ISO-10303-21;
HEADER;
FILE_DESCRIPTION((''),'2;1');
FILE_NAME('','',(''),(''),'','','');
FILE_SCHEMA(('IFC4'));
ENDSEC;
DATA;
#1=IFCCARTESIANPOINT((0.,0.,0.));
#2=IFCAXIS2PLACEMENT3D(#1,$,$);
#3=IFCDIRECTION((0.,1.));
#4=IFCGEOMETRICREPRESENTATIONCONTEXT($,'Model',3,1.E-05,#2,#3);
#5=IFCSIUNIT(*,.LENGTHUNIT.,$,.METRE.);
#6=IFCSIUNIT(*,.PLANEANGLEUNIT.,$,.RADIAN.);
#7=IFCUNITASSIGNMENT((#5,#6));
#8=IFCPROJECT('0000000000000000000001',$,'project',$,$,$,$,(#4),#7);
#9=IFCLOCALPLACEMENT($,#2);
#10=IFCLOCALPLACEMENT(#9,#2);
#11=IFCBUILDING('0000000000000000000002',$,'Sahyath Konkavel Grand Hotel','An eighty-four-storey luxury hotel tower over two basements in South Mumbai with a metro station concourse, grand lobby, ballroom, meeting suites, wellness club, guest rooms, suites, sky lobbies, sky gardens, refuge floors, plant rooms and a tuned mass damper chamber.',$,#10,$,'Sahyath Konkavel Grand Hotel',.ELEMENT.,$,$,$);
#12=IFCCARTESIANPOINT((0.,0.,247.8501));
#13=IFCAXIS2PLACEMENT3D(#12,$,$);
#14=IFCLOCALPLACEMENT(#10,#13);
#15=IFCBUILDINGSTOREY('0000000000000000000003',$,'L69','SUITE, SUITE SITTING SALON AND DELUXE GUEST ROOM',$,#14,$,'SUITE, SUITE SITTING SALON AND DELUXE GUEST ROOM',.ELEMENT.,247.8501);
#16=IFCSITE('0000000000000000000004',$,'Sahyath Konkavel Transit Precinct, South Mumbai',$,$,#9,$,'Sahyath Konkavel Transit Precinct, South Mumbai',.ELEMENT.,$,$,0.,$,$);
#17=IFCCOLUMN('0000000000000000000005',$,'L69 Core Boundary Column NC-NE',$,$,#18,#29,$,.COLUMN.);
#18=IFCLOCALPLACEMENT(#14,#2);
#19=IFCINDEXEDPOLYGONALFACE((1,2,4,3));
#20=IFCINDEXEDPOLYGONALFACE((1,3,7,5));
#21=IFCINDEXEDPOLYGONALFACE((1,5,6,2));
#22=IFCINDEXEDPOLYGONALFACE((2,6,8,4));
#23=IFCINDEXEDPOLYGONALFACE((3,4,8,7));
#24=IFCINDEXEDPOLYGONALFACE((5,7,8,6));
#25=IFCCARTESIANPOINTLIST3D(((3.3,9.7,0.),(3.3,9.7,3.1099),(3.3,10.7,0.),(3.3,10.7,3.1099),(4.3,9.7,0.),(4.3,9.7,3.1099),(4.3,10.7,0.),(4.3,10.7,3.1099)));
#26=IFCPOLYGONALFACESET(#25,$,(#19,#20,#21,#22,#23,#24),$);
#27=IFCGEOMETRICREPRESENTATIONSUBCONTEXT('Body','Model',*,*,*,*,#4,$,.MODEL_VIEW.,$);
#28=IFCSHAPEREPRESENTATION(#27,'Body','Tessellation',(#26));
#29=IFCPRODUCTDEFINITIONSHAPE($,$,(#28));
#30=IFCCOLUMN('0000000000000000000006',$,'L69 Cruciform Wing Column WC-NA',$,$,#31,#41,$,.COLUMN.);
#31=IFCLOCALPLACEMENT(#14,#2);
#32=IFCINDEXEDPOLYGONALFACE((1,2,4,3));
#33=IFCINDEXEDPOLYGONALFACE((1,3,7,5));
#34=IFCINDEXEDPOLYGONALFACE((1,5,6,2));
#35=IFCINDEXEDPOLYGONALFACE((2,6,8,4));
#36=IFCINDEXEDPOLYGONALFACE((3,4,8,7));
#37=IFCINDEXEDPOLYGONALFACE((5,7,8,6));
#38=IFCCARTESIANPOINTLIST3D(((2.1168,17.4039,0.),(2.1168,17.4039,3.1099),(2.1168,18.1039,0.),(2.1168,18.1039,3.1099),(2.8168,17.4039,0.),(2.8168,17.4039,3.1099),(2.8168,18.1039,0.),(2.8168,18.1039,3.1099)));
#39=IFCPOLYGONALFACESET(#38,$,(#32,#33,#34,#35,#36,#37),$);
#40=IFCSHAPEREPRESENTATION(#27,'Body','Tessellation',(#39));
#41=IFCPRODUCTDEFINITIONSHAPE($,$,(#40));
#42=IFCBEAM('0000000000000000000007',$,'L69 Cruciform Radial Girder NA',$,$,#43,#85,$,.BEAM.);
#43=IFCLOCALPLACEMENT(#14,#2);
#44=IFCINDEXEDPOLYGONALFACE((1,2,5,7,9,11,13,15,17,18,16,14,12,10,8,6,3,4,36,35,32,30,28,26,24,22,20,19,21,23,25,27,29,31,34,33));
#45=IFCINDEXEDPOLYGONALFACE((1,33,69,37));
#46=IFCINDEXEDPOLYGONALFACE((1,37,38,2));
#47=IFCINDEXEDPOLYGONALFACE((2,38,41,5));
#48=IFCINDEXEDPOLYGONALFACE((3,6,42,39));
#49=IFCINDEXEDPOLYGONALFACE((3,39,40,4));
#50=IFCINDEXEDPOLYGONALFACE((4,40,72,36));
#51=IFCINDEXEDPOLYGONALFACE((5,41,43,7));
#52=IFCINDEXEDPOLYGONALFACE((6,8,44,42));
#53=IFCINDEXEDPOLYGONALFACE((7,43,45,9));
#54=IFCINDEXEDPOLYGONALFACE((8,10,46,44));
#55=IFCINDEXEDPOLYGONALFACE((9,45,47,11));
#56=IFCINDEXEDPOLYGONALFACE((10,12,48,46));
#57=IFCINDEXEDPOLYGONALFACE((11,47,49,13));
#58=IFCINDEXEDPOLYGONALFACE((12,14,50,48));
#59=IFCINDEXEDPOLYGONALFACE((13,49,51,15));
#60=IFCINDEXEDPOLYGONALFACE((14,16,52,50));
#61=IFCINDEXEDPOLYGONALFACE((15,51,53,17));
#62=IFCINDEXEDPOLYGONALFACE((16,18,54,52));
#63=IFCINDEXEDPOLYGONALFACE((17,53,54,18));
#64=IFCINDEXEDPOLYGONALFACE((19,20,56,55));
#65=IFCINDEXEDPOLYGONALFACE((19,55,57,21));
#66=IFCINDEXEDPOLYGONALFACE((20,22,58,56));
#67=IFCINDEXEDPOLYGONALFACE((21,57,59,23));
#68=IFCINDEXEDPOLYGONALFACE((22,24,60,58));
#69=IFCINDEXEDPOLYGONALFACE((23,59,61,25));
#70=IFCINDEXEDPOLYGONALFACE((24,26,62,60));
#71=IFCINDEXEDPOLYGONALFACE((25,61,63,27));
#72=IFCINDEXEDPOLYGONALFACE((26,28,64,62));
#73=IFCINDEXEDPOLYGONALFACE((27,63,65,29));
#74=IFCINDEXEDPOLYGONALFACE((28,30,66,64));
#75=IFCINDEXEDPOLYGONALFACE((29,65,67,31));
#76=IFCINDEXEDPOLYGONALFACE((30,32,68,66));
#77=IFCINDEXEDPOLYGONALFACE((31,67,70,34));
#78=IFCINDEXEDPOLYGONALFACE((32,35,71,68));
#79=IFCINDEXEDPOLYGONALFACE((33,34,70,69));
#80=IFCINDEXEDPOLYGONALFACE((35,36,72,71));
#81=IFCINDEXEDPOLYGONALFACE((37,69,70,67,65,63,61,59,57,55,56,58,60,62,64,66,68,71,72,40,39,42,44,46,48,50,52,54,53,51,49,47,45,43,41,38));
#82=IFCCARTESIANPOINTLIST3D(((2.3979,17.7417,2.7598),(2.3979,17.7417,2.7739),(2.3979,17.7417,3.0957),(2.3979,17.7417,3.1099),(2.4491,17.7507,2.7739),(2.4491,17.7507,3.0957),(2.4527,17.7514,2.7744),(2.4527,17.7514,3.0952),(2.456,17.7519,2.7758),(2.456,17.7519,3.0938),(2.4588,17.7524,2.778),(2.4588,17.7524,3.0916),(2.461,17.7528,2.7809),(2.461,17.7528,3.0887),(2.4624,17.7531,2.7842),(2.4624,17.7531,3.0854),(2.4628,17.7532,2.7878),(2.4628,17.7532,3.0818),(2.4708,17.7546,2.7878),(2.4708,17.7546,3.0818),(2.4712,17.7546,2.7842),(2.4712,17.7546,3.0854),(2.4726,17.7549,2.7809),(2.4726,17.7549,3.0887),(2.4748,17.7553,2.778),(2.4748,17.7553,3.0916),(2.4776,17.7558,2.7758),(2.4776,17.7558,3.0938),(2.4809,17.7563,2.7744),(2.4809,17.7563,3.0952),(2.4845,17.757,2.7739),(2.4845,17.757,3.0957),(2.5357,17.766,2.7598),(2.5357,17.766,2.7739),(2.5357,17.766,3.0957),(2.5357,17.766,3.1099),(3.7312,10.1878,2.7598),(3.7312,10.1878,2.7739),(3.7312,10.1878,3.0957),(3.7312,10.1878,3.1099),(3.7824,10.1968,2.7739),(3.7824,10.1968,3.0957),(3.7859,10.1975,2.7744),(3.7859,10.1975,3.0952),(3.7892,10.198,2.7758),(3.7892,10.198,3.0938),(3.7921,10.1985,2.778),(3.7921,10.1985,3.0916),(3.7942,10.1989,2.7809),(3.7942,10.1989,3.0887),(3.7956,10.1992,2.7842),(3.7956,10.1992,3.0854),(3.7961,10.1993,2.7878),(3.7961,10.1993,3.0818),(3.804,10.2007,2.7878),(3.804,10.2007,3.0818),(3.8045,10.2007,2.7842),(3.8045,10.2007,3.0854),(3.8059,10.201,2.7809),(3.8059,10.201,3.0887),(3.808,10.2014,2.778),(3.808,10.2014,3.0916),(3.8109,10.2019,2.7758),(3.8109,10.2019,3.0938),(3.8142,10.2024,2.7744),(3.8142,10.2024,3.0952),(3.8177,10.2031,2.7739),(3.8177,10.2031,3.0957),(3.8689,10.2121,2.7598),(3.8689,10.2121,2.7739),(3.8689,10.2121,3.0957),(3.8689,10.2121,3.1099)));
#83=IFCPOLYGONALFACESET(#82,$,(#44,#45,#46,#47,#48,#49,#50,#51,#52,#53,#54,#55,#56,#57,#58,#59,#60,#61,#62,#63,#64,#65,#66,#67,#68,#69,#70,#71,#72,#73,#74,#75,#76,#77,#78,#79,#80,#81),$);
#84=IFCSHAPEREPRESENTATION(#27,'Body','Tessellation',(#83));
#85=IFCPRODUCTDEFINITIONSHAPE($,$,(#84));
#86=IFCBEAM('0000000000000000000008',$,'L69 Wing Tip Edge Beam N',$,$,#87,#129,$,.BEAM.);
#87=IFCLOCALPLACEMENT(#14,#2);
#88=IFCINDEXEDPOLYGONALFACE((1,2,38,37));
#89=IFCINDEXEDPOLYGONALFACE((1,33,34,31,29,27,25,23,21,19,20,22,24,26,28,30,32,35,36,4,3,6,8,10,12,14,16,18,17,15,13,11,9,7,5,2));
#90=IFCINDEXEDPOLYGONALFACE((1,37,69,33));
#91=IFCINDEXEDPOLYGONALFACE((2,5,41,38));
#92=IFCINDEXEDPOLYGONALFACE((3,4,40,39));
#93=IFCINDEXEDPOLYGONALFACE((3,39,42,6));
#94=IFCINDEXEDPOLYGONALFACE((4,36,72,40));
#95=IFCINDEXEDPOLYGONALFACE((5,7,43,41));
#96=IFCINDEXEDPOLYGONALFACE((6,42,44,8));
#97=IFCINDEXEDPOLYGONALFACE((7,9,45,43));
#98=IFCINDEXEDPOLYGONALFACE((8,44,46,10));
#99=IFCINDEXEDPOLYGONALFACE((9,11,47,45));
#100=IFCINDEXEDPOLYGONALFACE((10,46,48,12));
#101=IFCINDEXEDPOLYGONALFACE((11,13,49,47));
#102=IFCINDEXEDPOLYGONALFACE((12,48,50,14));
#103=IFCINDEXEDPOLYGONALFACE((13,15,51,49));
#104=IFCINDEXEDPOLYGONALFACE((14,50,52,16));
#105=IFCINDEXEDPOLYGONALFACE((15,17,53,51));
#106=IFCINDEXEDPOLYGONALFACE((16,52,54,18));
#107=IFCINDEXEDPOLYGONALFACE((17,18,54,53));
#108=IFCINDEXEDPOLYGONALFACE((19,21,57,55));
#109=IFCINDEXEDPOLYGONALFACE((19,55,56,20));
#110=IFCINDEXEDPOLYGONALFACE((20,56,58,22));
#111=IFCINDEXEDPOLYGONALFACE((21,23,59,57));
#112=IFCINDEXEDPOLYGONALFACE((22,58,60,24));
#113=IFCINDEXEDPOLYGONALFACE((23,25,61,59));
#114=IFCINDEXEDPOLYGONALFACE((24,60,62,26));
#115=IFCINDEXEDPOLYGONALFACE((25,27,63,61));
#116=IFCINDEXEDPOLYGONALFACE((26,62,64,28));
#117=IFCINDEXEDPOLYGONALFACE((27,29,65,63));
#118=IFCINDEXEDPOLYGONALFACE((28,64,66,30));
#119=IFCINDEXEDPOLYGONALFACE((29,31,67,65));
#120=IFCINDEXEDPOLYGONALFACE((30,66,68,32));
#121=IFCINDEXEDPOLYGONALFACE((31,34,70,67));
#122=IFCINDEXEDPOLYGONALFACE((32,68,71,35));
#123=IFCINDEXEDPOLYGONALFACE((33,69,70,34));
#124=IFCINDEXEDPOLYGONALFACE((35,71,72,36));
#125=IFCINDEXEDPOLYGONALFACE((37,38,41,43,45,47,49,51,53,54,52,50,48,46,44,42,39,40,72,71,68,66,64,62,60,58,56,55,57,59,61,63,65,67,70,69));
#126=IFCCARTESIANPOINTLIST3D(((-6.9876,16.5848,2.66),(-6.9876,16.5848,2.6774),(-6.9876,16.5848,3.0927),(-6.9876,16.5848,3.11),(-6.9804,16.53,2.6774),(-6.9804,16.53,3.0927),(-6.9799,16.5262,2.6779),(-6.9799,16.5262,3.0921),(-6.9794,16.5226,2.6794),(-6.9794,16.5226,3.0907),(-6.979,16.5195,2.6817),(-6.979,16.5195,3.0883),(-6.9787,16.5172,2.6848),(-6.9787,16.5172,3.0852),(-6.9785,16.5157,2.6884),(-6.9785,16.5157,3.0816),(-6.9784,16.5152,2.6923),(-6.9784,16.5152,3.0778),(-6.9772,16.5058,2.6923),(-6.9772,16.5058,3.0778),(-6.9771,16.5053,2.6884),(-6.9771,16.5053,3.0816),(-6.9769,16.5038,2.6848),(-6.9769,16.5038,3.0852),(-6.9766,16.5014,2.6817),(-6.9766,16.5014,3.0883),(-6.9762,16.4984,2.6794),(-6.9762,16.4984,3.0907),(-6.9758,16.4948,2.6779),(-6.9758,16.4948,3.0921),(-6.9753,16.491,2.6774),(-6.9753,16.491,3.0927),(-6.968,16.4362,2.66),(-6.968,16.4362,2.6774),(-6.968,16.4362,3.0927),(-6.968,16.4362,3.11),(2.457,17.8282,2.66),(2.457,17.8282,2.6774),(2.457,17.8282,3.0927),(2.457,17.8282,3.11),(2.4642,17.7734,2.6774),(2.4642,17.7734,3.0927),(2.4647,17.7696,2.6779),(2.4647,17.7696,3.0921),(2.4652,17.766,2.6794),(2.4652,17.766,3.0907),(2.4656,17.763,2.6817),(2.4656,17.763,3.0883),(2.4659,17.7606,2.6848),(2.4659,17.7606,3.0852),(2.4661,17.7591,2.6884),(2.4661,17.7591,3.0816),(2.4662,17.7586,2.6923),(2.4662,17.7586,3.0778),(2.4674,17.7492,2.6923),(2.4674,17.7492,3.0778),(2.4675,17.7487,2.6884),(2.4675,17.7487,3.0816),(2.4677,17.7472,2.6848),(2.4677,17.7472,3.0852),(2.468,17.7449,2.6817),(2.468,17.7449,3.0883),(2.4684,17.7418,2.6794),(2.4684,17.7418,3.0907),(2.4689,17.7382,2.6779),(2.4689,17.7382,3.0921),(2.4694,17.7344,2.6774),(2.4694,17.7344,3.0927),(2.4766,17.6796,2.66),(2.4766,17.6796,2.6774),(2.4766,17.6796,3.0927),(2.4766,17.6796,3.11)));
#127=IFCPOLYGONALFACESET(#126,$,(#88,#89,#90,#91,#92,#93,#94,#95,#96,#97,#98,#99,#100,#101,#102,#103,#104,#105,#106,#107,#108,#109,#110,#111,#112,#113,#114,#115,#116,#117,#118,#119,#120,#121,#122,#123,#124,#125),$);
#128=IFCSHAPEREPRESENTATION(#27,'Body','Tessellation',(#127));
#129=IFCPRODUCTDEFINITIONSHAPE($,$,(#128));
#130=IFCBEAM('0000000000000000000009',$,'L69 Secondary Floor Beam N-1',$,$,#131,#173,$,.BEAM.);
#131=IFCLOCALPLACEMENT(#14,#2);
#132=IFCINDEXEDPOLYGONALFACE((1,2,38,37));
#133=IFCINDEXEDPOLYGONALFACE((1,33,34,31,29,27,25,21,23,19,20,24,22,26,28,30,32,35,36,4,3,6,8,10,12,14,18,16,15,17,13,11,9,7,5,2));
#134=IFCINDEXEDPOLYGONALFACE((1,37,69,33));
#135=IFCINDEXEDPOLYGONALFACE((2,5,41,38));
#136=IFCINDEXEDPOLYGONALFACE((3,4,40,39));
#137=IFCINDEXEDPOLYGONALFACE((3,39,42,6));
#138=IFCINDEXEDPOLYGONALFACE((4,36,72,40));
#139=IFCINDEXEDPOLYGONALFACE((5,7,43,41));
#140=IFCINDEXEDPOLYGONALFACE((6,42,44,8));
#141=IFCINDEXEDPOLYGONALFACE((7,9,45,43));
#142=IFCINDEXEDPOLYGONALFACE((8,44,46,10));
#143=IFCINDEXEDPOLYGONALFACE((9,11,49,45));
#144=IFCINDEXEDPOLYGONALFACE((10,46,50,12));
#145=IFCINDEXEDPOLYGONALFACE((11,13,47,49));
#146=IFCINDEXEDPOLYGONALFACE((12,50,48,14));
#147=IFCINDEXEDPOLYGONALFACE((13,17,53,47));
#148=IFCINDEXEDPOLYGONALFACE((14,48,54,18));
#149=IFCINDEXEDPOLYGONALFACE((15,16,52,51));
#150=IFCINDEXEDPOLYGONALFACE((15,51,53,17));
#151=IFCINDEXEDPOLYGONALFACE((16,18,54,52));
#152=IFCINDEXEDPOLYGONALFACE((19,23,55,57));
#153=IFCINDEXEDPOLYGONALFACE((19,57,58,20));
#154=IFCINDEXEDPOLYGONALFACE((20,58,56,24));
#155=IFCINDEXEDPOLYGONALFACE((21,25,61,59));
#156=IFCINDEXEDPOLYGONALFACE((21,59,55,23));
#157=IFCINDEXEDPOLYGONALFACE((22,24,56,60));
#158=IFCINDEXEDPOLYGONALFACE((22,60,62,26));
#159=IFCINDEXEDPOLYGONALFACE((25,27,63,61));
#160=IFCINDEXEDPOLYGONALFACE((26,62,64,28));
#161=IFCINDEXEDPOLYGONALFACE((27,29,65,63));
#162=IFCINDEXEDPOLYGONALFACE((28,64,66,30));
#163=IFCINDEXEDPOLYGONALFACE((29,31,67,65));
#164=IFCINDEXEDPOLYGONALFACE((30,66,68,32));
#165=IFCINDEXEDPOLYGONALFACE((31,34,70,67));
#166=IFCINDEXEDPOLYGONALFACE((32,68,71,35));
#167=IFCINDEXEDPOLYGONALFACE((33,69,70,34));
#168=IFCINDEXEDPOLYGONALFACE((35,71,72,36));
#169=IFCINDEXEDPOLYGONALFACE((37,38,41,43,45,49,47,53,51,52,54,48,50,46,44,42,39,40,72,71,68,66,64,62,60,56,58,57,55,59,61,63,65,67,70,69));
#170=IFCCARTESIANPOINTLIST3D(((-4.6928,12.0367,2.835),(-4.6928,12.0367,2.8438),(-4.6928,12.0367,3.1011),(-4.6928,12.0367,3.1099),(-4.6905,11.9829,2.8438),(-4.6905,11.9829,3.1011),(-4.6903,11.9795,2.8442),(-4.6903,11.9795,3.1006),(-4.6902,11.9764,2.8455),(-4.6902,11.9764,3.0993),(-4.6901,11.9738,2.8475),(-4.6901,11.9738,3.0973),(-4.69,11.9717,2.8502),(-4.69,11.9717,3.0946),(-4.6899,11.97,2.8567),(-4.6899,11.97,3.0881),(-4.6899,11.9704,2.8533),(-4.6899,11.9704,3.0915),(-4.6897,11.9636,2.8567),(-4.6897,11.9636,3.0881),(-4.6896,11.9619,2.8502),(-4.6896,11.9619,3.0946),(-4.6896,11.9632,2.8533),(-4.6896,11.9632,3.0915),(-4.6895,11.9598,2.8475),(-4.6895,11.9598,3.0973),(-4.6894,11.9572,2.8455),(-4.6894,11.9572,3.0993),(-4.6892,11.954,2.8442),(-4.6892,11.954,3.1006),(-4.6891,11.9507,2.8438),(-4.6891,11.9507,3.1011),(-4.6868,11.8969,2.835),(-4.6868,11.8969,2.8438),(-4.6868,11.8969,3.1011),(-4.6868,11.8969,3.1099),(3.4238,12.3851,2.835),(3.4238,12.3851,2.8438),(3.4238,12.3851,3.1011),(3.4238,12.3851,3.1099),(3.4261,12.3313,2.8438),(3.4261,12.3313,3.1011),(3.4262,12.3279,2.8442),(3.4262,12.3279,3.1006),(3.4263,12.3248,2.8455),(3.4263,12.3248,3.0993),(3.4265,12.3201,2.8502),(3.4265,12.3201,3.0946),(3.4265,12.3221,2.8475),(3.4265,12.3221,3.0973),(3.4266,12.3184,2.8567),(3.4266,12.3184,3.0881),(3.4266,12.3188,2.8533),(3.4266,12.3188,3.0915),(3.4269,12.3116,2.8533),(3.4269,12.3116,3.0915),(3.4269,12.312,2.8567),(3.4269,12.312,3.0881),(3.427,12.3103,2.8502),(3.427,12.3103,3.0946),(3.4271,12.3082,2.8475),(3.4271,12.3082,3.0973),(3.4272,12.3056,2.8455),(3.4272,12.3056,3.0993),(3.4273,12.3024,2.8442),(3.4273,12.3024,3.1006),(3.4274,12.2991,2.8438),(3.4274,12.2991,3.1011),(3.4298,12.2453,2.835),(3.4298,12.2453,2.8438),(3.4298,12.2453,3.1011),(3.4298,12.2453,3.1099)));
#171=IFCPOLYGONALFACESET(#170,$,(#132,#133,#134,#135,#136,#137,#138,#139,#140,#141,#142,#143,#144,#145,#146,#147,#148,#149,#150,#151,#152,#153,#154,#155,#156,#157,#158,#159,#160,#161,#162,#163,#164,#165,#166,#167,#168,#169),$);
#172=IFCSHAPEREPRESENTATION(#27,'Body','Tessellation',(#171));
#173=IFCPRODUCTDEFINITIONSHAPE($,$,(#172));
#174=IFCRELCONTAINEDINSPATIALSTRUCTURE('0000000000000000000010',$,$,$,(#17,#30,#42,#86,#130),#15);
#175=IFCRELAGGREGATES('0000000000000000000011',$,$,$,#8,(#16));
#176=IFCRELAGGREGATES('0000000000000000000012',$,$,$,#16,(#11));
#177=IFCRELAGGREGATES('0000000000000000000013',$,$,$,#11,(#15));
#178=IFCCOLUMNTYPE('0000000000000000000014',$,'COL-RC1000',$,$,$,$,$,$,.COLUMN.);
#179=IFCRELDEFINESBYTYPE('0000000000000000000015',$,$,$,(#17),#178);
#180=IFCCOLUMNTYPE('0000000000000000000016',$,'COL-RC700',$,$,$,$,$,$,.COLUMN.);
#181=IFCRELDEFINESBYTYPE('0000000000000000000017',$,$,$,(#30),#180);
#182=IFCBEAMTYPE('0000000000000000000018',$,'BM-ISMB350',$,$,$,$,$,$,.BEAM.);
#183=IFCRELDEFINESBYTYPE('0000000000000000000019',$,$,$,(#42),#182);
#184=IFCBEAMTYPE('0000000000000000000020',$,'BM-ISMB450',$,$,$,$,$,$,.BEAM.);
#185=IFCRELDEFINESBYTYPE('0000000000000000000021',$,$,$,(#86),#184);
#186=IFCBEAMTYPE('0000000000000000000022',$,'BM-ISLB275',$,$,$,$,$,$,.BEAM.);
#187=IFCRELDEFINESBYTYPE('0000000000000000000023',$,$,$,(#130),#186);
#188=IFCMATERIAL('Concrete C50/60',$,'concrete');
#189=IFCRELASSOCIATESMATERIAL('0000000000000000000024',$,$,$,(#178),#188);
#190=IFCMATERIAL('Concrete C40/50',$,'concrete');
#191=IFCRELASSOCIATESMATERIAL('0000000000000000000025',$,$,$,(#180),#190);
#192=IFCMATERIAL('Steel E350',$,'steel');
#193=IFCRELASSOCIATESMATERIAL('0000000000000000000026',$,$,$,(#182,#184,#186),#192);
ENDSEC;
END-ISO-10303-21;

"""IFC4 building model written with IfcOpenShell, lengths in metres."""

from ifc_helpers import new_model, si_unit, direction, frame, origin, origin_2d, place, context, subcontext, project, spatial, rectangle, i_section, extrude, source, transform, mapped, material, material_profile, profile_set, type_object, element, save


model = new_model("IFC4")

# Units and contexts
model_context = context("Model", 3, precision=1e-05, world=origin(), true_north=direction((0.0, 1.0)))
body_context = subcontext(model_context, "Body", "Model", "MODEL_VIEW")
ifc_project = project(units=[si_unit("LENGTHUNIT", "METRE"), si_unit("PLANEANGLEUNIT", "RADIAN")], contexts=[model_context])

# Site, building, storey
site_placement = place(None, origin())
site = spatial("IfcSite", under=ifc_project, at=site_placement, Name="Sahyath Konkavel Transit Precinct, South Mumbai", LongName="Sahyath Konkavel Transit Precinct, South Mumbai", CompositionType="ELEMENT", RefElevation=0.0)
building_placement = place(site_placement, origin())
building = spatial("IfcBuilding", under=site, at=building_placement, Name="Sahyath Konkavel Grand Hotel", Description="An eighty-four-storey luxury hotel tower over two basements in South Mumbai with a metro station concourse, grand lobby, ballroom, meeting suites, wellness club, guest rooms, suites, sky lobbies, sky gardens, refuge floors, plant rooms and a tuned mass damper chamber.", LongName="Sahyath Konkavel Grand Hotel", CompositionType="ELEMENT")
storey_placement = place(building_placement, frame((0.0, 0.0, 247.8501)))
storey = spatial("IfcBuildingStorey", under=building, at=storey_placement, Name="L69", Description="SUITE, SUITE SITTING SALON AND DELUXE GUEST ROOM", LongName="SUITE, SUITE SITTING SALON AND DELUXE GUEST ROOM", CompositionType="ELEMENT", Elevation=247.8501)

# Columns
ifc_material_1 = material(Name="Concrete C50/60", Category="concrete")
ifc_material_profile_1 = material_profile(ifc_material_1, rectangle(XDim=1.0, YDim=1.0, at=origin_2d()), Name="RC 1000x1000")
ifc_profile_set_1 = profile_set([ifc_material_profile_1], Name="Concrete C50/60")
column_type_1 = type_object("IfcColumnType", Name="COL-RC1000", PredefinedType="COLUMN", material=ifc_profile_set_1)
shared_shape_1 = source(origin(), body_context, "Body", "SweptSolid", [
    extrude(rectangle(XDim=1.0, YDim=1.0, at=origin_2d()), origin(), (0.0, 0.0, 1.0), 3.1099),
])
column_1_placement = place(storey_placement, frame((3.8, 10.2, 0.0), z_axis=(0.0, 0.0, 1.0), x_axis=(1.0, 0.0, 0.0)))
element("IfcColumn", 1, at=column_1_placement, inside=storey, type_object=column_type_1, Name="L69 Core Boundary Column NC-NE", PredefinedType="COLUMN", context=body_context, shape_type="MappedRepresentation", body=[
    mapped(shared_shape_1, transform((0.0, 0.0, 0.0), scale=1.0)),
])
ifc_material_2 = material(Name="Concrete C40/50", Category="concrete")
ifc_material_profile_2 = material_profile(ifc_material_2, rectangle(XDim=0.7, YDim=0.7, at=origin_2d()), Name="RC 700x700")
ifc_profile_set_2 = profile_set([ifc_material_profile_2], Name="Concrete C40/50")
column_type_2 = type_object("IfcColumnType", Name="COL-RC700", PredefinedType="COLUMN", material=ifc_profile_set_2)
shared_shape_2 = source(origin(), body_context, "Body", "SweptSolid", [
    extrude(rectangle(XDim=0.7, YDim=0.7, at=origin_2d()), origin(), (0.0, 0.0, 1.0), 3.1099),
])
column_2_placement = place(storey_placement, frame((2.4668, 17.7539, 0.0), z_axis=(0.0, 0.0, 1.0), x_axis=(1.0, 0.0, 0.0)))
element("IfcColumn", 2, at=column_2_placement, inside=storey, type_object=column_type_2, Name="L69 Cruciform Wing Column WC-NA", PredefinedType="COLUMN", context=body_context, shape_type="MappedRepresentation", body=[
    mapped(shared_shape_2, transform((0.0, 0.0, 0.0), scale=1.0)),
])

# Beams
ifc_material_3 = material(Name="Steel E350", Category="steel")
ifc_material_profile_3 = material_profile(ifc_material_3, i_section(OverallWidth=0.1399, OverallDepth=0.3501, WebThickness=0.0081, FlangeThickness=0.0142, FilletRadius=0.0139, at=origin_2d()), Name="ISMB 350")
ifc_profile_set_3 = profile_set([ifc_material_profile_3], Name="Steel E350")
beam_type_1 = type_object("IfcBeamType", Name="BM-ISMB350", PredefinedType="BEAM", material=ifc_profile_set_3)
shared_shape_3 = source(origin(), body_context, "Body", "SweptSolid", [
    extrude(i_section(OverallWidth=0.1399, OverallDepth=0.3501, WebThickness=0.0081, FlangeThickness=0.0142, FilletRadius=0.0139, at=origin_2d()), origin(), (0.0, 0.0, 1.0), 7.6707),
])
beam_1_placement = place(storey_placement, frame((3.8, 10.2, 2.9348), z_axis=(-0.173811, 0.984779, 0.0), x_axis=(-0.984779, -0.173811, 0.0)))
element("IfcBeam", 3, at=beam_1_placement, inside=storey, type_object=beam_type_1, Name="L69 Cruciform Radial Girder NA", PredefinedType="BEAM", context=body_context, shape_type="MappedRepresentation", body=[
    mapped(shared_shape_3, transform((0.0, 0.0, 0.0), scale=1.0)),
])
ifc_material_profile_4 = material_profile(ifc_material_3, i_section(OverallWidth=0.1499, OverallDepth=0.45, WebThickness=0.0095, FlangeThickness=0.0173, FilletRadius=0.0149, at=origin_2d()), Name="ISMB 450")
ifc_profile_set_4 = profile_set([ifc_material_profile_4], Name="Steel E350")
beam_type_2 = type_object("IfcBeamType", Name="BM-ISMB450", PredefinedType="BEAM", material=ifc_profile_set_4)
shared_shape_4 = source(origin(), body_context, "Body", "SweptSolid", [
    extrude(i_section(OverallWidth=0.1499, OverallDepth=0.45, WebThickness=0.0095, FlangeThickness=0.0173, FilletRadius=0.0149, at=origin_2d()), origin(), (0.0, 0.0, 1.0), 9.5261),
])
beam_2_placement = place(storey_placement, frame((2.4668, 17.7539, 2.885), z_axis=(-0.991445, -0.130527, 0.0), x_axis=(0.130527, -0.991445, 0.0)))
element("IfcBeam", 4, at=beam_2_placement, inside=storey, type_object=beam_type_2, Name="L69 Wing Tip Edge Beam N", PredefinedType="BEAM", context=body_context, shape_type="MappedRepresentation", body=[
    mapped(shared_shape_4, transform((0.0, 0.0, 0.0), scale=1.0)),
])
ifc_material_profile_5 = material_profile(ifc_material_3, i_section(OverallWidth=0.1399, OverallDepth=0.2749, WebThickness=0.0063, FlangeThickness=0.0088, FilletRadius=0.0129, at=origin_2d()), Name="ISLB 275")
ifc_profile_set_5 = profile_set([ifc_material_profile_5], Name="Steel E350")
beam_type_3 = type_object("IfcBeamType", Name="BM-ISLB275", PredefinedType="BEAM", material=ifc_profile_set_5)
shared_shape_5 = source(origin(), body_context, "Body", "SweptSolid", [
    extrude(i_section(OverallWidth=0.1399, OverallDepth=0.2749, WebThickness=0.0063, FlangeThickness=0.0088, FilletRadius=0.0129, at=origin_2d()), origin(), (0.0, 0.0, 1.0), 8.124),
])
beam_3_placement = place(storey_placement, frame((3.4268, 12.3152, 2.9724), z_axis=(-0.99908, -0.042884, 0.0), x_axis=(0.042884, -0.99908, 0.0)))
element("IfcBeam", 5, at=beam_3_placement, inside=storey, type_object=beam_type_3, Name="L69 Secondary Floor Beam N-1", PredefinedType="BEAM", context=body_context, shape_type="MappedRepresentation", body=[
    mapped(shared_shape_5, transform((0.0, 0.0, 0.0), scale=1.0)),
])

save(model, "model.ifc")
